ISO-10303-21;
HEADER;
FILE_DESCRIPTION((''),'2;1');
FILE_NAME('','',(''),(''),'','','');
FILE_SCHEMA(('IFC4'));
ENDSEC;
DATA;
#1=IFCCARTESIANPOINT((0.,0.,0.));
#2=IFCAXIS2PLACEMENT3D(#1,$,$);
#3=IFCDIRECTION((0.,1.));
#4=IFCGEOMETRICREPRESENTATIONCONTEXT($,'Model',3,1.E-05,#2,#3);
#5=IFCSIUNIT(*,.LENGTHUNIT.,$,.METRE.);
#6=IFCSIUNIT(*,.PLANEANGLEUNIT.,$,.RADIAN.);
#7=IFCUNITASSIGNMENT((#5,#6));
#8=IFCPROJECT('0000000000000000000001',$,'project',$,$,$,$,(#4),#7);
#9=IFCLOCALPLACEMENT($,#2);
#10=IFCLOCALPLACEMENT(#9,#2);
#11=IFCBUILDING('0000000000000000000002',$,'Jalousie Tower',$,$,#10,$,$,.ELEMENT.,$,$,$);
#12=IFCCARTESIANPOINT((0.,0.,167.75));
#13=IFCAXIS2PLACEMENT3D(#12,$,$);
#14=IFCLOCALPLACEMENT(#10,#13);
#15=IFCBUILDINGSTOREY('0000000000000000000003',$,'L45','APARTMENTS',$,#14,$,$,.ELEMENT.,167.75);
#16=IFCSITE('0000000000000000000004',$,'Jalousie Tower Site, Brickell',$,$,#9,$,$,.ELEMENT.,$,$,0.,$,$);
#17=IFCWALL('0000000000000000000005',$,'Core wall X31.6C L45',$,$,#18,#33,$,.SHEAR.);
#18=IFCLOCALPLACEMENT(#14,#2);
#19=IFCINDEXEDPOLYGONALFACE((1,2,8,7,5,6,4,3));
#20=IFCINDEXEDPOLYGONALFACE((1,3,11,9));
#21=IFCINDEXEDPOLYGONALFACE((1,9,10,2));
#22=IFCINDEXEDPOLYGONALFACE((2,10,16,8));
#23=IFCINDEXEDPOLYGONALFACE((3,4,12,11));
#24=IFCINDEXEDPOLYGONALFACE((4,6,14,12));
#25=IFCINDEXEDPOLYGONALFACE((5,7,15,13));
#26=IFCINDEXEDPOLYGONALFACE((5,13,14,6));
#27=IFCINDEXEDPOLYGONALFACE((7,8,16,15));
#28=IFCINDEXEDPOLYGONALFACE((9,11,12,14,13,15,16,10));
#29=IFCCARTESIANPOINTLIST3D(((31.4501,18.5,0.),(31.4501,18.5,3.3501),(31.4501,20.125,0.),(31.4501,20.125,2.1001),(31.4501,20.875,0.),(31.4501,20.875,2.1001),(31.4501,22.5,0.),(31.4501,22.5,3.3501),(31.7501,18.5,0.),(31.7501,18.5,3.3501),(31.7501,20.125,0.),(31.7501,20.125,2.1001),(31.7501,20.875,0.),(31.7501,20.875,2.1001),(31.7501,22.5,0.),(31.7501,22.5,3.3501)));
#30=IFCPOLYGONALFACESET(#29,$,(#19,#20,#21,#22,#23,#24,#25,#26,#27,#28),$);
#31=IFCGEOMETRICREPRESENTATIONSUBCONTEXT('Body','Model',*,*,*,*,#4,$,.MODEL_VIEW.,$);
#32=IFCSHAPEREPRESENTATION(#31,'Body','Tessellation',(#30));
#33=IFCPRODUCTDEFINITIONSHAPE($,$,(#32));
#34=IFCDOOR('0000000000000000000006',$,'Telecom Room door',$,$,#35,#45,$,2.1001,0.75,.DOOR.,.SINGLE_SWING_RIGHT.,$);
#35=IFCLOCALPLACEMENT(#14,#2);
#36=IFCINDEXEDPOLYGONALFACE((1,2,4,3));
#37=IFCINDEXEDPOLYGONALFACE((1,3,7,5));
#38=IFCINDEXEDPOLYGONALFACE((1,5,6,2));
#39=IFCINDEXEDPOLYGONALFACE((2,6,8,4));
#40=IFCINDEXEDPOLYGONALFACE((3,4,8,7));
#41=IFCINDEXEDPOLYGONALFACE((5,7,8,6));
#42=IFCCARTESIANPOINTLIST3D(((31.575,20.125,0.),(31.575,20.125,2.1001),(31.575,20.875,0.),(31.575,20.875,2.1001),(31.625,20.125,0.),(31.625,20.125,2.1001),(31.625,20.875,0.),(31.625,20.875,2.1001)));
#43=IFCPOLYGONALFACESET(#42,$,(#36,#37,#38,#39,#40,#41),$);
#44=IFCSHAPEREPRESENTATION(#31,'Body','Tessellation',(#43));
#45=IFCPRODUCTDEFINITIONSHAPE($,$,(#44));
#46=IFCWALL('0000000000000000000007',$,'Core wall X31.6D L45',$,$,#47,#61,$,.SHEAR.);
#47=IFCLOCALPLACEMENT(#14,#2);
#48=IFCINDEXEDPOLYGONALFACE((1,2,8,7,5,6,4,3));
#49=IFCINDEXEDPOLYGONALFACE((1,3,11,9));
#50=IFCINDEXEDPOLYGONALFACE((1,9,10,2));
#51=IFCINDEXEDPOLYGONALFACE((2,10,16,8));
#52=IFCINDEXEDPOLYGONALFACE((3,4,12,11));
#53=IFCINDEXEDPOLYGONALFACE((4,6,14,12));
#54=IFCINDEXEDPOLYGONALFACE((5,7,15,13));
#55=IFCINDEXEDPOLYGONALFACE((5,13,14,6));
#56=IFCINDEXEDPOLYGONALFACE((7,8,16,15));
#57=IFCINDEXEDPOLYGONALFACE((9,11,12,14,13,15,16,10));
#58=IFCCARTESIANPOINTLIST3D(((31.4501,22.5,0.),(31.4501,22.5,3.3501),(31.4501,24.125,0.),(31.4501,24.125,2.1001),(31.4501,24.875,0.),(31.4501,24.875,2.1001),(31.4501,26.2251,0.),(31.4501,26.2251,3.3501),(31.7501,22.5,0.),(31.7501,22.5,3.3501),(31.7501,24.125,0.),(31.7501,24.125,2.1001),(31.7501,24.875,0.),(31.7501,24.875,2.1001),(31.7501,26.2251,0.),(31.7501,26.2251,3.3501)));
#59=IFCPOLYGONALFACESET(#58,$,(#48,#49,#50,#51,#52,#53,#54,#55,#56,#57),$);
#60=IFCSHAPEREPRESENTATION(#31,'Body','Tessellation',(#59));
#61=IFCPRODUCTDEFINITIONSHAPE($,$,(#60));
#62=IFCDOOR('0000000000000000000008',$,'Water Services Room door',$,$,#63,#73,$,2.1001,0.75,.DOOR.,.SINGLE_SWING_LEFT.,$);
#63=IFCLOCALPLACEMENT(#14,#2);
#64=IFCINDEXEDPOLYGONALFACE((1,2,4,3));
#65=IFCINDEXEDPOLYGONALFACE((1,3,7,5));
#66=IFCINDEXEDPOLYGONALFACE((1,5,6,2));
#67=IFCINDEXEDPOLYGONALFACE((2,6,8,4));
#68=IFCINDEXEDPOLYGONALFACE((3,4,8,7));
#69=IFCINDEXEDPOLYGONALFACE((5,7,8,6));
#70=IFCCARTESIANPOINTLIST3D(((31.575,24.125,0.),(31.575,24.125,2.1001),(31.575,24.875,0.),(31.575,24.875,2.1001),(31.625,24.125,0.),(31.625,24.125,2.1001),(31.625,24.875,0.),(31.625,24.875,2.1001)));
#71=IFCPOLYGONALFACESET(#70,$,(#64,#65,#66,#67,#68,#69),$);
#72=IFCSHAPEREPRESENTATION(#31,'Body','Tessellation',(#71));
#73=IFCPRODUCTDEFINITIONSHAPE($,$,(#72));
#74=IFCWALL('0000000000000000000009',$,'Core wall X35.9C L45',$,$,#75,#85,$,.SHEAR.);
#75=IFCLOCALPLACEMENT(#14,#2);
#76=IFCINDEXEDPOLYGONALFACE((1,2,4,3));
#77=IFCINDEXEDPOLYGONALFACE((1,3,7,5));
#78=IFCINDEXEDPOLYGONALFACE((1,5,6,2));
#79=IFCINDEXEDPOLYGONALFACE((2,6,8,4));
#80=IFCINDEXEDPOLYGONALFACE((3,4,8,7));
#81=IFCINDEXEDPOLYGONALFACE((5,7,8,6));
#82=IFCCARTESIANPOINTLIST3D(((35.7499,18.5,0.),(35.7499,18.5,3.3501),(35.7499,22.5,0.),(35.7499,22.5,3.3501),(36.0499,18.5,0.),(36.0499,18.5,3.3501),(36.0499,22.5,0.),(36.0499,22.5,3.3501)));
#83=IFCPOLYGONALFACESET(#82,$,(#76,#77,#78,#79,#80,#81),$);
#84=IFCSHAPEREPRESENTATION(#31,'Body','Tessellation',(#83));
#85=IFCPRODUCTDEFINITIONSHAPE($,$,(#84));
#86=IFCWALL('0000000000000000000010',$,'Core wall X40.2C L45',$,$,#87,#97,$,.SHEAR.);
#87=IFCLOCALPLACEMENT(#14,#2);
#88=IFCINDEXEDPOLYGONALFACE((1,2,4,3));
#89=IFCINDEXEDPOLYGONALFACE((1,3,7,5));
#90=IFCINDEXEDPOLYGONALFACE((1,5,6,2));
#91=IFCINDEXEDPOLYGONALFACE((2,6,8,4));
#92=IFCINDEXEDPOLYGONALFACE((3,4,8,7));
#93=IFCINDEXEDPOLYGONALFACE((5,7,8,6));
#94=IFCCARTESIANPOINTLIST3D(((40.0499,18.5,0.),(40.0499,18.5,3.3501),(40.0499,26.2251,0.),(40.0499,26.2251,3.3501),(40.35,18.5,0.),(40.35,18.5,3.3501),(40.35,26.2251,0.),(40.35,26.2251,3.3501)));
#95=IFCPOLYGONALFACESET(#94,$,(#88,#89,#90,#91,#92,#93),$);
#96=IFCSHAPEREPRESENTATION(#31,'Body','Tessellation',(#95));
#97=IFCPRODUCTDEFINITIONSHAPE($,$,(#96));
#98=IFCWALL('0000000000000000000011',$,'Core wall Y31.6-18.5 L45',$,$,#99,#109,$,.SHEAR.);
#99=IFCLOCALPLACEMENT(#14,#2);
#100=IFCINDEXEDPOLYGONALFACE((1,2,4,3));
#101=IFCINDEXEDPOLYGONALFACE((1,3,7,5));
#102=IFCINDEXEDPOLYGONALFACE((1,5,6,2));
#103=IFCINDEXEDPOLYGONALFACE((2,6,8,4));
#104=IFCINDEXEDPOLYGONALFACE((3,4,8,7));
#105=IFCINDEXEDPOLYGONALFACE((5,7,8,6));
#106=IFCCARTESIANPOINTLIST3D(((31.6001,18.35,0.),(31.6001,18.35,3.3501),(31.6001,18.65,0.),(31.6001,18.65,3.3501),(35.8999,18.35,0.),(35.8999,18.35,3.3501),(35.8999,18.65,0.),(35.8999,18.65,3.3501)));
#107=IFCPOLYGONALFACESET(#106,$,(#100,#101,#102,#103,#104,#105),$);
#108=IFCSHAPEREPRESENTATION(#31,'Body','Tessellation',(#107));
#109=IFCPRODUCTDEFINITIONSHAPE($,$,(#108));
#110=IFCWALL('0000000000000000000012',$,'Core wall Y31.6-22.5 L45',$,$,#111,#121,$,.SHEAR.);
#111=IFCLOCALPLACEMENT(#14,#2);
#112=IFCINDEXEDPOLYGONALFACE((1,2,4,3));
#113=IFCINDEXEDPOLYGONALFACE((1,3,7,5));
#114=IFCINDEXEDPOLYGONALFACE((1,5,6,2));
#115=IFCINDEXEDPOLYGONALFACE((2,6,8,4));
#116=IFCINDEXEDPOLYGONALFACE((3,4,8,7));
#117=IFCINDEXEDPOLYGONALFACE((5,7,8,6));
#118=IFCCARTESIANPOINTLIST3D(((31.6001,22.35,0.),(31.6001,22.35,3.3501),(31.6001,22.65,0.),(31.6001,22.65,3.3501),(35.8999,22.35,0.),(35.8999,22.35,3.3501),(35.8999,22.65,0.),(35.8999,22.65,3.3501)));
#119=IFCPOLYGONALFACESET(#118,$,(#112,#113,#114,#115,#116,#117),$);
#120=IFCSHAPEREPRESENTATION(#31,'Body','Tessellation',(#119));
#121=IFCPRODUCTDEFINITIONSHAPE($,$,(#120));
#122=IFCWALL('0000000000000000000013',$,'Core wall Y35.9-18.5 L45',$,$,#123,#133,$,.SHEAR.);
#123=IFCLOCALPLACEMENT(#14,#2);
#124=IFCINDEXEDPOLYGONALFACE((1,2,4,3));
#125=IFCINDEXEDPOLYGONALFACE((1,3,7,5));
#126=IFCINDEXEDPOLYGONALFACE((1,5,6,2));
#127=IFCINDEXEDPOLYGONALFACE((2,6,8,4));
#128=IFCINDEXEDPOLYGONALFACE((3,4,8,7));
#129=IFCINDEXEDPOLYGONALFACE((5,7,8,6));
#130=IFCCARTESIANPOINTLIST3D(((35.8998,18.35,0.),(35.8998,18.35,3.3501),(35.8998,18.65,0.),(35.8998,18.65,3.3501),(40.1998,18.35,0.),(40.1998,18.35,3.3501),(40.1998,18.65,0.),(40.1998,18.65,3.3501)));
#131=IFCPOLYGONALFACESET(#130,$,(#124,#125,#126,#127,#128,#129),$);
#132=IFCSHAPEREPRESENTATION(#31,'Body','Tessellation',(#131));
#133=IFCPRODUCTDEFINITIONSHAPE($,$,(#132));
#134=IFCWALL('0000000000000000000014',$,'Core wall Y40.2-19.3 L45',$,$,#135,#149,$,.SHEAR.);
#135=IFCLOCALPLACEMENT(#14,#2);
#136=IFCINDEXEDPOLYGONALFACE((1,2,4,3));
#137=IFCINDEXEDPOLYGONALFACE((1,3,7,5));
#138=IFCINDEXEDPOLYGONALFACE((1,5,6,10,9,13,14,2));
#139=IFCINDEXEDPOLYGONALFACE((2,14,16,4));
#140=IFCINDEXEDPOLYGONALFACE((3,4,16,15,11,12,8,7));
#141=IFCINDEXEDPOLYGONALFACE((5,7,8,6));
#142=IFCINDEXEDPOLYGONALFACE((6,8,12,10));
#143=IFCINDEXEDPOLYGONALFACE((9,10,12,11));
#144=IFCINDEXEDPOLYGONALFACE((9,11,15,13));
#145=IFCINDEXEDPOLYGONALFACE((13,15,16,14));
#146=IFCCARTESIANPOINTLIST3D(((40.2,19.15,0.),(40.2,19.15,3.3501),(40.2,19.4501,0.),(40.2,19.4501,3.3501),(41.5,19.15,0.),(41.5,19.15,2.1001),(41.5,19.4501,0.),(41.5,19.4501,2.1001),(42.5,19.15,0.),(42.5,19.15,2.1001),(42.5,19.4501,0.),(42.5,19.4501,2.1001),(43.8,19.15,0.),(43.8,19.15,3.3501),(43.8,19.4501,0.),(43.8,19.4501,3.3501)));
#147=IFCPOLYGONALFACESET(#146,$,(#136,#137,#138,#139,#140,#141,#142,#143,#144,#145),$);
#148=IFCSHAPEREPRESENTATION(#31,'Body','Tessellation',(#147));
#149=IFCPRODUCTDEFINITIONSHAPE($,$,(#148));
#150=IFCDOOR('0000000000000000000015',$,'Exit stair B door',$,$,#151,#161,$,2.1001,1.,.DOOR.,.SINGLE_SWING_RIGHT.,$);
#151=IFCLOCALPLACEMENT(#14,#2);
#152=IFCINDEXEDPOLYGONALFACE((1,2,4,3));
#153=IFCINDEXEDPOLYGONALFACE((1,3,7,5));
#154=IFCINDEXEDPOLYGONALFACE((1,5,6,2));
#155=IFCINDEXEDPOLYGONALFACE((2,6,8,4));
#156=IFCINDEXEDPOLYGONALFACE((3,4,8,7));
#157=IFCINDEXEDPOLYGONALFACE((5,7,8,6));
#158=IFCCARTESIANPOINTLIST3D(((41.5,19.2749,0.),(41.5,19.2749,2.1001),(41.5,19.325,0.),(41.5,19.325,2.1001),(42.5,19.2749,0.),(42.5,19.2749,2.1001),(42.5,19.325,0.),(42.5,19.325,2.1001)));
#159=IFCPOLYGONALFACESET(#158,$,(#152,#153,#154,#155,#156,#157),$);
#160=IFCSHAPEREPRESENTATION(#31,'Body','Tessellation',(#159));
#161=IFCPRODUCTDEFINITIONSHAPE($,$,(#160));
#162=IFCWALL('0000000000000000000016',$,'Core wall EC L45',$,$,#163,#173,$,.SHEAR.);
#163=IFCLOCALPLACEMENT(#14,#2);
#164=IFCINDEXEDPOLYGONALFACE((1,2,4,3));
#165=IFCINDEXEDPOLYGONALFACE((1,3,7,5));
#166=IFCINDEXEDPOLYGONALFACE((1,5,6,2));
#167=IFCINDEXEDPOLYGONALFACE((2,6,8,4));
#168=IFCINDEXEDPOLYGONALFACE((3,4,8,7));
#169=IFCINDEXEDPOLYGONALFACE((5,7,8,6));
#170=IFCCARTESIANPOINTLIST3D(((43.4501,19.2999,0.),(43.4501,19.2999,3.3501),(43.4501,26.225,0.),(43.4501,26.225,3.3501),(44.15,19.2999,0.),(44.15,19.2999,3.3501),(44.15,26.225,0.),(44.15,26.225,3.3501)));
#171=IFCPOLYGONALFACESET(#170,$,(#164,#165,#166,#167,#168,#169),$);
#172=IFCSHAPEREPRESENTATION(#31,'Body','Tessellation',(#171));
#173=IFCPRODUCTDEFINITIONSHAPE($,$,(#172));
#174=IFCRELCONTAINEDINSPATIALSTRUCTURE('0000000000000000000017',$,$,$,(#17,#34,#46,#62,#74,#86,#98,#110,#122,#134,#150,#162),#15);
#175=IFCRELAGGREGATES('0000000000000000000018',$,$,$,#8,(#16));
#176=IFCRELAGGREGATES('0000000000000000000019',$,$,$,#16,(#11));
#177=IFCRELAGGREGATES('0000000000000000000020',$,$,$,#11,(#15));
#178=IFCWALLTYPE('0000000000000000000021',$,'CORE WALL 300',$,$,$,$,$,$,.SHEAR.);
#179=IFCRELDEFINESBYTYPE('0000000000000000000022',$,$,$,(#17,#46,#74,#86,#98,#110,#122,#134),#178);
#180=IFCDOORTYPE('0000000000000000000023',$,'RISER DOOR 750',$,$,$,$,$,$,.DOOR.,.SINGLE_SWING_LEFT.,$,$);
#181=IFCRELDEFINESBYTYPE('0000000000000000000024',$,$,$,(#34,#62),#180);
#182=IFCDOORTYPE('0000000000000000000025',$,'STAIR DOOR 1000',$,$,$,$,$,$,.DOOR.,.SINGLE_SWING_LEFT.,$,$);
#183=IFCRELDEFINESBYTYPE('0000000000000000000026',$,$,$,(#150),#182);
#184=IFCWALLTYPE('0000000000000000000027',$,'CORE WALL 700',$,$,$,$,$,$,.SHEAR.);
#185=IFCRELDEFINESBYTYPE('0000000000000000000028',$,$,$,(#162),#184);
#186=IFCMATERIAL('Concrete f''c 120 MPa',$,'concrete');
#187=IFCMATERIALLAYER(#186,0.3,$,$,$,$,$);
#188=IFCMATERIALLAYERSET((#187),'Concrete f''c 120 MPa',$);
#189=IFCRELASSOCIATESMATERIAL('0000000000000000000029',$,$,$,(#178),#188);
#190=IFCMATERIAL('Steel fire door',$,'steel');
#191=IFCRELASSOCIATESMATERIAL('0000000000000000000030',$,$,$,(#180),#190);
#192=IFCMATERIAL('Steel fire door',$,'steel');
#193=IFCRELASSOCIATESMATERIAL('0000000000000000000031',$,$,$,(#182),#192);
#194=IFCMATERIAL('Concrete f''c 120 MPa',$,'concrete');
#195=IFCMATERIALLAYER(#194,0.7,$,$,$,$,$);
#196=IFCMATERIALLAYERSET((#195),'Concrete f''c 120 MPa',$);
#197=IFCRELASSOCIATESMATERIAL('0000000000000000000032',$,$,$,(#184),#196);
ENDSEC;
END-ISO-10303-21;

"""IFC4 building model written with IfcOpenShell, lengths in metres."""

from ifc_helpers import new_model, si_unit, direction, frame, frame_2d, origin, place, context, subcontext, project, spatial, rectangle, extrude, material, layer, layer_set, type_object, element, fill, save


model = new_model("IFC4")

# Units and contexts
model_context = context("Model", 3, precision=1e-05, world=origin(), true_north=direction((0.0, 1.0)))
body_context = subcontext(model_context, "Body", "Model", "MODEL_VIEW")
ifc_project = project(units=[si_unit("LENGTHUNIT", "METRE"), si_unit("PLANEANGLEUNIT", "RADIAN")], contexts=[model_context])

# Site, building, storey
site_placement = place(None, origin())
site = spatial("IfcSite", under=ifc_project, at=site_placement, Name="Jalousie Tower Site, Brickell", CompositionType="ELEMENT", RefElevation=0.0)
building_placement = place(site_placement, origin())
building = spatial("IfcBuilding", under=site, at=building_placement, Name="Jalousie Tower", CompositionType="ELEMENT")
storey_placement = place(building_placement, frame((0.0, 0.0, 167.75)))
storey = spatial("IfcBuildingStorey", under=building, at=storey_placement, Name="L45", Description="APARTMENTS", CompositionType="ELEMENT", Elevation=167.75)

# Walls, openings, doors
ifc_material_1 = material(Name="Concrete f'c 120 MPa", Category="concrete")
ifc_layer_1 = layer(ifc_material_1, 0.3)
ifc_layer_set_1 = layer_set([ifc_layer_1], Name="Concrete f'c 120 MPa")
wall_type_1 = type_object("IfcWallType", Name="CORE WALL 300", PredefinedType="SHEAR", material=ifc_layer_set_1)
wall_1_placement = place(storey_placement, frame((31.6001, 18.5, 0.0), z_axis=(0.0, 0.0, 1.0), x_axis=(0.0, 1.0, 0.0)))
wall_1 = element("IfcWall", 1, at=wall_1_placement, inside=storey, type_object=wall_type_1, Name="Core wall X31.6C L45", PredefinedType="SHEAR", context=body_context, shape_type="SweptSolid", body=[
    extrude(rectangle(XDim=4.0, YDim=0.3, at=frame_2d((2.0, 0.0))), origin(), (0.0, 0.0, 1.0), 3.3501),
])
opening_1_placement = place(wall_1_placement, frame((1.625, 0.0, 0.0)))
opening_1 = element("IfcOpeningElement", 2, at=opening_1_placement, cuts=wall_1, PredefinedType="OPENING", context=body_context, shape_type="SweptSolid", body=[
    extrude(rectangle(XDim=0.75, YDim=2.1001, at=frame_2d((0.375, 1.05))), frame((0.0, 0.1599, 0.0), z_axis=(0.0, -1.0, 0.0), x_axis=(1.0, 0.0, 0.0)), (0.0, 0.0, 1.0), 0.3201),
])
ifc_material_2 = material(Name="Steel fire door", Category="steel")
door_type_1 = type_object("IfcDoorType", Name="RISER DOOR 750", OperationType="SINGLE_SWING_LEFT", PredefinedType="DOOR", material=ifc_material_2)
door_1_placement = place(opening_1_placement, frame((0.75, 0.0, 0.0), z_axis=(0.0, 0.0, 1.0), x_axis=(-1.0, 0.0, 0.0)))
door_1 = element("IfcDoor", 3, at=door_1_placement, inside=storey, type_object=door_type_1, Name="Telecom Room door", OperationType="SINGLE_SWING_RIGHT", OverallHeight=2.1001, OverallWidth=0.75, PredefinedType="DOOR", context=body_context, shape_type="SweptSolid", body=[
    extrude(rectangle(XDim=0.75, YDim=2.1001, at=frame_2d((0.375, 1.05))), frame((0.0, 0.0249, 0.0), z_axis=(0.0, -1.0, 0.0), x_axis=(1.0, 0.0, 0.0)), (0.0, 0.0, 1.0), 0.05),
])
fill(opening_1, door_1)
wall_2_placement = place(storey_placement, frame((31.6001, 22.5, 0.0), z_axis=(0.0, 0.0, 1.0), x_axis=(0.0, 1.0, 0.0)))
wall_2 = element("IfcWall", 4, at=wall_2_placement, inside=storey, type_object=wall_type_1, Name="Core wall X31.6D L45", PredefinedType="SHEAR", context=body_context, shape_type="SweptSolid", body=[
    extrude(rectangle(XDim=3.7251, YDim=0.3, at=frame_2d((1.8625, 0.0))), origin(), (0.0, 0.0, 1.0), 3.3501),
])
opening_2_placement = place(wall_2_placement, frame((1.625, 0.0, 0.0)))
opening_2 = element("IfcOpeningElement", 5, at=opening_2_placement, cuts=wall_2, PredefinedType="OPENING", context=body_context, shape_type="SweptSolid", body=[
    extrude(rectangle(XDim=0.75, YDim=2.1001, at=frame_2d((0.375, 1.05))), frame((0.0, 0.1599, 0.0), z_axis=(0.0, -1.0, 0.0), x_axis=(1.0, 0.0, 0.0)), (0.0, 0.0, 1.0), 0.3201),
])
door_2_placement = place(opening_2_placement, frame((0.75, 0.0, 0.0), z_axis=(0.0, 0.0, 1.0), x_axis=(-1.0, 0.0, 0.0)))
door_2 = element("IfcDoor", 6, at=door_2_placement, inside=storey, type_object=door_type_1, Name="Water Services Room door", OperationType="SINGLE_SWING_LEFT", OverallHeight=2.1001, OverallWidth=0.75, PredefinedType="DOOR", context=body_context, shape_type="SweptSolid", body=[
    extrude(rectangle(XDim=0.75, YDim=2.1001, at=frame_2d((0.375, 1.05))), frame((0.0, 0.0249, 0.0), z_axis=(0.0, -1.0, 0.0), x_axis=(1.0, 0.0, 0.0)), (0.0, 0.0, 1.0), 0.05),
])
fill(opening_2, door_2)

# Walls
wall_3_placement = place(storey_placement, frame((35.8999, 18.5, 0.0), z_axis=(0.0, 0.0, 1.0), x_axis=(0.0, 1.0, 0.0)))
element("IfcWall", 7, at=wall_3_placement, inside=storey, type_object=wall_type_1, Name="Core wall X35.9C L45", PredefinedType="SHEAR", context=body_context, shape_type="SweptSolid", body=[
    extrude(rectangle(XDim=4.0, YDim=0.3, at=frame_2d((2.0, 0.0))), origin(), (0.0, 0.0, 1.0), 3.3501),
])
wall_4_placement = place(storey_placement, frame((40.2, 18.5, 0.0), z_axis=(0.0, 0.0, 1.0), x_axis=(0.0, 1.0, 0.0)))
element("IfcWall", 8, at=wall_4_placement, inside=storey, type_object=wall_type_1, Name="Core wall X40.2C L45", PredefinedType="SHEAR", context=body_context, shape_type="SweptSolid", body=[
    extrude(rectangle(XDim=7.7251, YDim=0.3, at=frame_2d((3.8625, 0.0))), origin(), (0.0, 0.0, 1.0), 3.3501),
])
for number, where, z_axis, x_axis, name in (
    (9, (31.6001, 18.5, 0.0), (0.0, 0.0, 1.0), (1.0, 0.0, 0.0), "Core wall Y31.6-18.5 L45"),
    (10, (31.6001, 22.5, 0.0), (0.0, 0.0, 1.0), (1.0, 0.0, 0.0), "Core wall Y31.6-22.5 L45"),
):
    element("IfcWall", number, at=place(storey_placement, frame(where, z_axis=z_axis, x_axis=x_axis)), inside=storey, type_object=wall_type_1, Name=name, PredefinedType="SHEAR", context=body_context, shape_type="SweptSolid", body=[
        extrude(rectangle(XDim=4.2998, YDim=0.3, at=frame_2d((2.1499, 0.0))), origin(), (0.0, 0.0, 1.0), 3.3501),
    ])
wall_5_placement = place(storey_placement, frame((35.8999, 18.5, 0.0), z_axis=(0.0, 0.0, 1.0), x_axis=(1.0, 0.0, 0.0)))
element("IfcWall", 11, at=wall_5_placement, inside=storey, type_object=wall_type_1, Name="Core wall Y35.9-18.5 L45", PredefinedType="SHEAR", context=body_context, shape_type="SweptSolid", body=[
    extrude(rectangle(XDim=4.3, YDim=0.3, at=frame_2d((2.1499, 0.0))), origin(), (0.0, 0.0, 1.0), 3.3501),
])

# Wall, opening, door
wall_6_placement = place(storey_placement, frame((40.2, 19.3, 0.0), z_axis=(0.0, 0.0, 1.0), x_axis=(1.0, 0.0, 0.0)))
wall_6 = element("IfcWall", 12, at=wall_6_placement, inside=storey, type_object=wall_type_1, Name="Core wall Y40.2-19.3 L45", PredefinedType="SHEAR", context=body_context, shape_type="SweptSolid", body=[
    extrude(rectangle(XDim=3.6001, YDim=0.3, at=frame_2d((1.8, 0.0))), origin(), (0.0, 0.0, 1.0), 3.3501),
])
opening_3_placement = place(wall_6_placement, frame((1.3, 0.0, 0.0)))
opening_3 = element("IfcOpeningElement", 13, at=opening_3_placement, cuts=wall_6, PredefinedType="OPENING", context=body_context, shape_type="SweptSolid", body=[
    extrude(rectangle(XDim=1.0, YDim=2.1001, at=frame_2d((0.5, 1.05))), frame((0.0, 0.1599, 0.0), z_axis=(0.0, -1.0, 0.0), x_axis=(1.0, 0.0, 0.0)), (0.0, 0.0, 1.0), 0.3201),
])
ifc_material_3 = material(Name="Steel fire door", Category="steel")
door_type_2 = type_object("IfcDoorType", Name="STAIR DOOR 1000", OperationType="SINGLE_SWING_LEFT", PredefinedType="DOOR", material=ifc_material_3)
door_3_placement = place(opening_3_placement, origin())
door_3 = element("IfcDoor", 14, at=door_3_placement, inside=storey, type_object=door_type_2, Name="Exit stair B door", OperationType="SINGLE_SWING_RIGHT", OverallHeight=2.1001, OverallWidth=1.0, PredefinedType="DOOR", context=body_context, shape_type="SweptSolid", body=[
    extrude(rectangle(XDim=1.0, YDim=2.1001, at=frame_2d((0.5, 1.05))), frame((0.0, 0.0249, 0.0), z_axis=(0.0, -1.0, 0.0), x_axis=(1.0, 0.0, 0.0)), (0.0, 0.0, 1.0), 0.05),
])
fill(opening_3, door_3)

# Wall
ifc_material_4 = material(Name="Concrete f'c 120 MPa", Category="concrete")
ifc_layer_2 = layer(ifc_material_4, 0.7)
ifc_layer_set_2 = layer_set([ifc_layer_2], Name="Concrete f'c 120 MPa")
wall_type_2 = type_object("IfcWallType", Name="CORE WALL 700", PredefinedType="SHEAR", material=ifc_layer_set_2)
wall_7_placement = place(storey_placement, frame((43.8, 19.3, 0.0), z_axis=(0.0, 0.0, 1.0), x_axis=(0.0, 1.0, 0.0)))
element("IfcWall", 15, at=wall_7_placement, inside=storey, type_object=wall_type_2, Name="Core wall EC L45", PredefinedType="SHEAR", context=body_context, shape_type="SweptSolid", body=[
    extrude(rectangle(XDim=6.925, YDim=0.7, at=frame_2d((3.4624, 0.0))), origin(), (0.0, 0.0, 1.0), 3.3501),
])

save(model, "model.ifc")
